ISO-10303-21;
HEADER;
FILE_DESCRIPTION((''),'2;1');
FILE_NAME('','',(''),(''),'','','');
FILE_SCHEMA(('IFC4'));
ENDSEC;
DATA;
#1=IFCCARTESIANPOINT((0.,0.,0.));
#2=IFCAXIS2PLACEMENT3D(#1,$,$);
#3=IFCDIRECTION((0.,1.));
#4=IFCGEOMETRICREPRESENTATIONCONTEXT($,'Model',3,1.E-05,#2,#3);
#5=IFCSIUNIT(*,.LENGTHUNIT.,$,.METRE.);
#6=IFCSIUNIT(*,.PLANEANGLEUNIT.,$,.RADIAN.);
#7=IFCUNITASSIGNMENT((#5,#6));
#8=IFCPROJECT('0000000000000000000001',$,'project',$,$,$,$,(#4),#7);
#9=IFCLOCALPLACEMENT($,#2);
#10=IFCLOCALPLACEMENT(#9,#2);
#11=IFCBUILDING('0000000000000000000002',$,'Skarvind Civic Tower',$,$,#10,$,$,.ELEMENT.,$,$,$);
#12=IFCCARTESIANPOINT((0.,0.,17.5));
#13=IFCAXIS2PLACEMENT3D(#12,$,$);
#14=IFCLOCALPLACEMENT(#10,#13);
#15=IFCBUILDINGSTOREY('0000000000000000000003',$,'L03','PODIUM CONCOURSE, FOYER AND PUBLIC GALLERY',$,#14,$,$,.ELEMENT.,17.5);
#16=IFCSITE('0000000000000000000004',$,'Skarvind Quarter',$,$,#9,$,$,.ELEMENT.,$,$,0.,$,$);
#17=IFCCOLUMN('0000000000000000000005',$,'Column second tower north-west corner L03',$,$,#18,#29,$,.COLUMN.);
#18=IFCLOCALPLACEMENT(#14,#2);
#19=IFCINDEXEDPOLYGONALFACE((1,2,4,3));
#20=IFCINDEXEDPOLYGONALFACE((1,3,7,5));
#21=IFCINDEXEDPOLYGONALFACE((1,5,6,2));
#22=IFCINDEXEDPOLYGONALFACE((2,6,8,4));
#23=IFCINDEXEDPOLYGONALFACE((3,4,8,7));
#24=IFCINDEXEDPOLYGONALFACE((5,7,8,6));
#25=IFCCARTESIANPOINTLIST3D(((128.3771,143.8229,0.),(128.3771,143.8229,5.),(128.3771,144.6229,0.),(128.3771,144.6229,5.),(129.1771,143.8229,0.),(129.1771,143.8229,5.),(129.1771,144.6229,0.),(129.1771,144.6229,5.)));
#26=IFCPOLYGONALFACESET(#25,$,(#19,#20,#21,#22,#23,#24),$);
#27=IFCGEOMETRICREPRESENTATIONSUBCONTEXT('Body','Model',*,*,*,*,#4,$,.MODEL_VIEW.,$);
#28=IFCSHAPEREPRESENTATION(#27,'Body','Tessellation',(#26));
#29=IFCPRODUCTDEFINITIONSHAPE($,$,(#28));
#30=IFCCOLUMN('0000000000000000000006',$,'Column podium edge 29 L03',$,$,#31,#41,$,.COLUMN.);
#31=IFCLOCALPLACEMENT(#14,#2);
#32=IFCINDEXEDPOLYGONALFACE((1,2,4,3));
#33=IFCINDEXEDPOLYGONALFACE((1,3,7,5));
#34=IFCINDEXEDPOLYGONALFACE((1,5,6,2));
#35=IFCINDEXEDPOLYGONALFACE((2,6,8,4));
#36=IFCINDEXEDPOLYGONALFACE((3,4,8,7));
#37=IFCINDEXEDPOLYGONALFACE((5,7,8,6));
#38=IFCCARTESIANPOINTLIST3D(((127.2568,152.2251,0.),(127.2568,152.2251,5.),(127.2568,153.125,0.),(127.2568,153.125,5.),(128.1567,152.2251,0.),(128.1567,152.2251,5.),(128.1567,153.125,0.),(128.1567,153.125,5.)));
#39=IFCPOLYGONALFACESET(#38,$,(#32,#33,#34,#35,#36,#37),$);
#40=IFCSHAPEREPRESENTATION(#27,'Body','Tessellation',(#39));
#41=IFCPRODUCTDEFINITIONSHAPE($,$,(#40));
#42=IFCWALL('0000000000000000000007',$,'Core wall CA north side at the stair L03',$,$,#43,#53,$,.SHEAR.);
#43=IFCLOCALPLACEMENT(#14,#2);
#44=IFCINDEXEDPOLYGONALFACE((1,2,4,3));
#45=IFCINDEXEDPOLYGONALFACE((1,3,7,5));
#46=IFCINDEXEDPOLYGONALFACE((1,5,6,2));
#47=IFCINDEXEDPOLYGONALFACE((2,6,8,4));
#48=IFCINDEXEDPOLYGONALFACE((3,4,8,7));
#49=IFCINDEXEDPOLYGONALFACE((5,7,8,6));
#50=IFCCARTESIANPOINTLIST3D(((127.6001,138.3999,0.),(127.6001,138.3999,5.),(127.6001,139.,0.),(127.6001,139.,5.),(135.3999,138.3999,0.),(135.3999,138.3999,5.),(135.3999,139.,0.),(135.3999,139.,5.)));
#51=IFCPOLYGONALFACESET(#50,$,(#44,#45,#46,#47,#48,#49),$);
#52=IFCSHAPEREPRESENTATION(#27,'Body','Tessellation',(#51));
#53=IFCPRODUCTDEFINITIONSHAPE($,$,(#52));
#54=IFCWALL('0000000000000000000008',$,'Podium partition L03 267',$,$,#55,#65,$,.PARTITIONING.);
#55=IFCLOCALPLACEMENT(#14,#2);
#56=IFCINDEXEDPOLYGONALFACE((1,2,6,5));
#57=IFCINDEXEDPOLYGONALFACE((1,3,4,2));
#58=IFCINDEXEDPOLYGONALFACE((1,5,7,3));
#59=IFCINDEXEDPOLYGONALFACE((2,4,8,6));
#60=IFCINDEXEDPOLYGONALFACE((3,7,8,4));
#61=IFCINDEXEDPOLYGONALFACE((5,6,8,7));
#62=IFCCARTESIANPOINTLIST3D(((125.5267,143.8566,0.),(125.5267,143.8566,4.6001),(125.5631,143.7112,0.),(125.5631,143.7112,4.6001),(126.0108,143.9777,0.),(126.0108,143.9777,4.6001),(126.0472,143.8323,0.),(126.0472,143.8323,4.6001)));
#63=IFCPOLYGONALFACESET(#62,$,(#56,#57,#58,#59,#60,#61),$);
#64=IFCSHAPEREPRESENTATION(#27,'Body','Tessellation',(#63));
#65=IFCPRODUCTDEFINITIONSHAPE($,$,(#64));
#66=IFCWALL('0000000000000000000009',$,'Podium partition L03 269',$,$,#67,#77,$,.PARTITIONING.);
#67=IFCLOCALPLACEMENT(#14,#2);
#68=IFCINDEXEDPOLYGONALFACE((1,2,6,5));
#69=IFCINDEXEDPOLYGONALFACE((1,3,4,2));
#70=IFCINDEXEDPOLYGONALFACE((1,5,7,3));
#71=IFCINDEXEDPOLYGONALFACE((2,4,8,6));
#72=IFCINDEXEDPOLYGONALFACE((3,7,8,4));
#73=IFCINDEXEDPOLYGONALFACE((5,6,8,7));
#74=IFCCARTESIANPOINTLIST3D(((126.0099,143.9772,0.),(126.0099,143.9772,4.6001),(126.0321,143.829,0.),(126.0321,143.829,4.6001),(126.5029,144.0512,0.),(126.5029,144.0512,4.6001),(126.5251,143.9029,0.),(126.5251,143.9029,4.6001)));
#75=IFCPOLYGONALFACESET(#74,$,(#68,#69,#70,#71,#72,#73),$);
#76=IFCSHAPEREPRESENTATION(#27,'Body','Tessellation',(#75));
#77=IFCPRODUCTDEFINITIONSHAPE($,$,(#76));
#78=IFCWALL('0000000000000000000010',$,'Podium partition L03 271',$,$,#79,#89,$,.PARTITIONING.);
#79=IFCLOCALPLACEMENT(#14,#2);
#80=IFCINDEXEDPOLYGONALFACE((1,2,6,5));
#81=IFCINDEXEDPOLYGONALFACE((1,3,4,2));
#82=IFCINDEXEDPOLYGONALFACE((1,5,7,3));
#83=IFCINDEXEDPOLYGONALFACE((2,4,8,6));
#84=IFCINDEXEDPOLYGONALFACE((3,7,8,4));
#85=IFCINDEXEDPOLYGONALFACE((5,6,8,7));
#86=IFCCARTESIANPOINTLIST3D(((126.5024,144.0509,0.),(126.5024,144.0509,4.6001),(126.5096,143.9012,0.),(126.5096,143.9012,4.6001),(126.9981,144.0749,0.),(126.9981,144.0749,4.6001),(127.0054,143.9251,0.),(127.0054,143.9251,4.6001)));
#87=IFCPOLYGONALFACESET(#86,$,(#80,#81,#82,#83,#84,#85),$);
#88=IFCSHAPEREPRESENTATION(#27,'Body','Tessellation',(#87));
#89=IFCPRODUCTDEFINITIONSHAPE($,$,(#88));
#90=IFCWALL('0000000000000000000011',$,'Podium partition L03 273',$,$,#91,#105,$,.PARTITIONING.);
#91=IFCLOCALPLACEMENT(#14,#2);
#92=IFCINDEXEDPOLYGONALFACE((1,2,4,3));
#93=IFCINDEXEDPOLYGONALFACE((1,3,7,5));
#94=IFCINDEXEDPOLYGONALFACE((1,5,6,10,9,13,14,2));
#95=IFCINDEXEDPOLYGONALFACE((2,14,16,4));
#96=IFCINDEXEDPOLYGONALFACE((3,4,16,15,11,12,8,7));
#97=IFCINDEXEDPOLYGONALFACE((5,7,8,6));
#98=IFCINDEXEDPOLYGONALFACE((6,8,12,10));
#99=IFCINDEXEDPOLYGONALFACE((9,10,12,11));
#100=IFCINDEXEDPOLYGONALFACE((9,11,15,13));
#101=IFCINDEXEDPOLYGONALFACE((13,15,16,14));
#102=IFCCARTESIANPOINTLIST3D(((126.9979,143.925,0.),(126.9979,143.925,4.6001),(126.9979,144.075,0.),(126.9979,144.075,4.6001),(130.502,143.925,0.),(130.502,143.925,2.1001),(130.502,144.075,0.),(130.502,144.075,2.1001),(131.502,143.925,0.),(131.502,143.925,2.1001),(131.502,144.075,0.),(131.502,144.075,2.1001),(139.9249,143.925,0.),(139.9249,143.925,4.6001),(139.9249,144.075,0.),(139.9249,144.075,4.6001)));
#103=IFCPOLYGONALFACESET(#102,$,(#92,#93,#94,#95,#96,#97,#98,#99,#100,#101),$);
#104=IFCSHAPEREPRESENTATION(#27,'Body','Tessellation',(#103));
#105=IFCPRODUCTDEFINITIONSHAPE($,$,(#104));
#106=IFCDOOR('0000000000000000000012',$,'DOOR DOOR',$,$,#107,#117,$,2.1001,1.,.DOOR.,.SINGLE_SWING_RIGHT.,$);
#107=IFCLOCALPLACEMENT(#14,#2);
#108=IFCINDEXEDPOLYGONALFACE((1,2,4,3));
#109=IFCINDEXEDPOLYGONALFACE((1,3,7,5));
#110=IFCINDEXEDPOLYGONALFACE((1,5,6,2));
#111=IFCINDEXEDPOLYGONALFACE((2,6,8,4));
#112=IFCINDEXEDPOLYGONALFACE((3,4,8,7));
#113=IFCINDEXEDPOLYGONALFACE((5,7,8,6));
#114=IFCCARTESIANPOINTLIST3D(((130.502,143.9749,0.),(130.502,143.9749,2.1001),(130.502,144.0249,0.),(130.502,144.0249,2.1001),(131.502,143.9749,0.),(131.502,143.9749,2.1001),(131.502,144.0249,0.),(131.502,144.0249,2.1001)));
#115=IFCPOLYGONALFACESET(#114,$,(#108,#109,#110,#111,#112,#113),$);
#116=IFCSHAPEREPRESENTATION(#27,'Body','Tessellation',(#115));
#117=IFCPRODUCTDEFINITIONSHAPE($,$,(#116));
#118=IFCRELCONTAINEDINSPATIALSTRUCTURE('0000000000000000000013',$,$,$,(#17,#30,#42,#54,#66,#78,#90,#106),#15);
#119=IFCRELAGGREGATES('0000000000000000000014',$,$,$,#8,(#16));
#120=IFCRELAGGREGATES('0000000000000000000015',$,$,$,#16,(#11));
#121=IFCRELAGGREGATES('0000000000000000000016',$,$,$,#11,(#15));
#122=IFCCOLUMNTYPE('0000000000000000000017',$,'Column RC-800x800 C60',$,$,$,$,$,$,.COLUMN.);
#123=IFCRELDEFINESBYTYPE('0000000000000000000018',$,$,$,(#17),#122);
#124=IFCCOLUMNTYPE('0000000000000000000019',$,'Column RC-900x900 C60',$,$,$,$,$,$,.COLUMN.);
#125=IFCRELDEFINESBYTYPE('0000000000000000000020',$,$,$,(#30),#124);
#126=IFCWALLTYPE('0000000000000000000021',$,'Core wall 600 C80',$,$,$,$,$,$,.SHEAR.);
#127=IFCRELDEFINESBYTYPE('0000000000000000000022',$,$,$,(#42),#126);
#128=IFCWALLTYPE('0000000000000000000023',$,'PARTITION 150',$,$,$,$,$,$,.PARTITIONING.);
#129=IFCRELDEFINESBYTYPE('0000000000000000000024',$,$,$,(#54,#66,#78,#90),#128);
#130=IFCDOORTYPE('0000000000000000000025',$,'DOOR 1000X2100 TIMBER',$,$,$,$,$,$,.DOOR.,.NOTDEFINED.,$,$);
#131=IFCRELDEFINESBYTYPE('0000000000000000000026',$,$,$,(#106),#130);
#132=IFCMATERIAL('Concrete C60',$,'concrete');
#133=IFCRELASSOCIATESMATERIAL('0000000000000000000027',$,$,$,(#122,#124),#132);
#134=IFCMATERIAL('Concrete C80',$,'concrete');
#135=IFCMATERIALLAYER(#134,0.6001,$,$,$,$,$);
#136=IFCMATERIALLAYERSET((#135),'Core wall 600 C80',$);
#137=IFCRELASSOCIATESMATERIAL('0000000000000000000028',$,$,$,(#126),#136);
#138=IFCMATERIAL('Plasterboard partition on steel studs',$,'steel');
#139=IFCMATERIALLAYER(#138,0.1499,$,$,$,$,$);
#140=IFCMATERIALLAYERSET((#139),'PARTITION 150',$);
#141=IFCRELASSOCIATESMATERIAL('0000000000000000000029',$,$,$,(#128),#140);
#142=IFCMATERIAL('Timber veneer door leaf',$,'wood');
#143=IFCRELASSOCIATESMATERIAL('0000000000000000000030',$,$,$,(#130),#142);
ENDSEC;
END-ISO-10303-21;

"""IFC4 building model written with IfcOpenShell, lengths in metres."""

from ifc_helpers import new_model, si_unit, direction, frame, frame_2d, origin, origin_2d, place, context, subcontext, project, spatial, rectangle, extrude, material, layer, layer_set, material_profile, profile_set, type_object, element, fill, save


model = new_model("IFC4")

# Units and contexts
model_context = context("Model", 3, precision=1e-05, world=origin(), true_north=direction((0.0, 1.0)))
body_context = subcontext(model_context, "Body", "Model", "MODEL_VIEW")
ifc_project = project(units=[si_unit("LENGTHUNIT", "METRE"), si_unit("PLANEANGLEUNIT", "RADIAN")], contexts=[model_context])

# Site, building, storey
site_placement = place(None, origin())
site = spatial("IfcSite", under=ifc_project, at=site_placement, Name="Skarvind Quarter", CompositionType="ELEMENT", RefElevation=0.0)
building_placement = place(site_placement, origin())
building = spatial("IfcBuilding", under=site, at=building_placement, Name="Skarvind Civic Tower", CompositionType="ELEMENT")
storey_placement = place(building_placement, frame((0.0, 0.0, 17.5)))
storey = spatial("IfcBuildingStorey", under=building, at=storey_placement, Name="L03", Description="PODIUM CONCOURSE, FOYER AND PUBLIC GALLERY", CompositionType="ELEMENT", Elevation=17.5)

# Columns
ifc_material_1 = material(Name="Concrete C60", Category="concrete")
ifc_material_profile_1 = material_profile(ifc_material_1, rectangle(XDim=0.8, YDim=0.8, at=origin_2d()), Name="RC-800x800")
ifc_profile_set_1 = profile_set([ifc_material_profile_1], Name="Concrete C60")
column_type_1 = type_object("IfcColumnType", Name="Column RC-800x800 C60", PredefinedType="COLUMN", material=ifc_profile_set_1)
column_1_placement = place(storey_placement, frame((128.7771, 144.2229, 0.0), z_axis=(0.0, 0.0, 1.0), x_axis=(1.0, 0.0, 0.0)))
element("IfcColumn", 1, at=column_1_placement, inside=storey, type_object=column_type_1, Name="Column second tower north-west corner L03", PredefinedType="COLUMN", context=body_context, shape_type="SweptSolid", body=[
    extrude(rectangle(XDim=0.8, YDim=0.8, at=origin_2d()), origin(), (0.0, 0.0, 1.0), 5.0),
])
ifc_material_profile_2 = material_profile(ifc_material_1, rectangle(XDim=0.8999, YDim=0.8999, at=origin_2d()), Name="RC-900x900")
ifc_profile_set_2 = profile_set([ifc_material_profile_2], Name="Concrete C60")
column_type_2 = type_object("IfcColumnType", Name="Column RC-900x900 C60", PredefinedType="COLUMN", material=ifc_profile_set_2)
column_2_placement = place(storey_placement, frame((127.7068, 152.675, 0.0), z_axis=(0.0, 0.0, 1.0), x_axis=(1.0, 0.0, 0.0)))
element("IfcColumn", 2, at=column_2_placement, inside=storey, type_object=column_type_2, Name="Column podium edge 29 L03", PredefinedType="COLUMN", context=body_context, shape_type="SweptSolid", body=[
    extrude(rectangle(XDim=0.8999, YDim=0.8999, at=origin_2d()), origin(), (0.0, 0.0, 1.0), 5.0),
])

# Walls
ifc_material_2 = material(Name="Concrete C80", Category="concrete")
ifc_layer_1 = layer(ifc_material_2, 0.6001)
ifc_layer_set_1 = layer_set([ifc_layer_1], Name="Core wall 600 C80")
wall_type_1 = type_object("IfcWallType", Name="Core wall 600 C80", PredefinedType="SHEAR", material=ifc_layer_set_1)
wall_1_placement = place(storey_placement, frame((127.6001, 138.7, 0.0), z_axis=(0.0, 0.0, 1.0), x_axis=(1.0, 0.0, 0.0)))
element("IfcWall", 3, at=wall_1_placement, inside=storey, type_object=wall_type_1, Name="Core wall CA north side at the stair L03", PredefinedType="SHEAR", context=body_context, shape_type="SweptSolid", body=[
    extrude(rectangle(XDim=7.7998, YDim=0.6001, at=frame_2d((3.8999, 0.0))), origin(), (0.0, 0.0, 1.0), 5.0),
])
ifc_material_3 = material(Name="Plasterboard partition on steel studs", Category="steel")
ifc_layer_2 = layer(ifc_material_3, 0.1499)
ifc_layer_set_2 = layer_set([ifc_layer_2], Name="PARTITION 150")
wall_type_2 = type_object("IfcWallType", Name="PARTITION 150", PredefinedType="PARTITIONING", material=ifc_layer_set_2)
wall_2_placement = place(storey_placement, frame((125.5449, 143.7839, 0.0), z_axis=(0.0, 0.0, 1.0), x_axis=(0.970114, 0.242651, 0.0)))
element("IfcWall", 4, at=wall_2_placement, inside=storey, type_object=wall_type_2, Name="Podium partition L03 267", PredefinedType="PARTITIONING", context=body_context, shape_type="SweptSolid", body=[
    extrude(rectangle(XDim=0.499, YDim=0.1499, at=frame_2d((0.2495, 0.0))), origin(), (0.0, 0.0, 1.0), 4.6001),
])
wall_3_placement = place(storey_placement, frame((126.021, 143.9031, 0.0), z_axis=(0.0, 0.0, 1.0), x_axis=(0.988926, 0.148412, 0.0)))
element("IfcWall", 5, at=wall_3_placement, inside=storey, type_object=wall_type_2, Name="Podium partition L03 269", PredefinedType="PARTITIONING", context=body_context, shape_type="SweptSolid", body=[
    extrude(rectangle(XDim=0.4985, YDim=0.1499, at=frame_2d((0.2493, 0.0))), origin(), (0.0, 0.0, 1.0), 4.6001),
])
wall_4_placement = place(storey_placement, frame((126.5061, 143.9761, 0.0), z_axis=(0.0, 0.0, 1.0), x_axis=(0.998838, 0.048196, 0.0)))
element("IfcWall", 6, at=wall_4_placement, inside=storey, type_object=wall_type_2, Name="Podium partition L03 271", PredefinedType="PARTITIONING", context=body_context, shape_type="SweptSolid", body=[
    extrude(rectangle(XDim=0.4963, YDim=0.1499, at=frame_2d((0.248, 0.0))), origin(), (0.0, 0.0, 1.0), 4.6001),
])

# Wall, opening, door
wall_5_placement = place(storey_placement, frame((126.998, 144.0, 0.0), z_axis=(0.0, 0.0, 1.0), x_axis=(1.0, 0.0, 0.0)))
wall_5 = element("IfcWall", 7, at=wall_5_placement, inside=storey, type_object=wall_type_2, Name="Podium partition L03 273", PredefinedType="PARTITIONING", context=body_context, shape_type="SweptSolid", body=[
    extrude(rectangle(XDim=12.927, YDim=0.1499, at=frame_2d((6.4634, 0.0))), origin(), (0.0, 0.0, 1.0), 4.6001),
])
opening_1_placement = place(wall_5_placement, frame((3.5039, 0.0, 0.0)))
opening_1 = element("IfcOpeningElement", 8, at=opening_1_placement, cuts=wall_5, PredefinedType="OPENING", context=body_context, shape_type="SweptSolid", body=[
    extrude(rectangle(XDim=1.0, YDim=2.1001, at=frame_2d((0.5, 1.05))), frame((0.0, 0.085, 0.0), z_axis=(0.0, -1.0, 0.0), x_axis=(1.0, 0.0, 0.0)), (0.0, 0.0, 1.0), 0.1699),
])
ifc_material_4 = material(Name="Timber veneer door leaf", Category="wood")
door_type = type_object("IfcDoorType", Name="DOOR 1000X2100 TIMBER", OperationType="NOTDEFINED", PredefinedType="DOOR", material=ifc_material_4)
door_placement = place(opening_1_placement, origin())
door = element("IfcDoor", 9, at=door_placement, inside=storey, type_object=door_type, Name="DOOR DOOR", OperationType="SINGLE_SWING_RIGHT", OverallHeight=2.1001, OverallWidth=1.0, PredefinedType="DOOR", context=body_context, shape_type="SweptSolid", body=[
    extrude(rectangle(XDim=1.0, YDim=2.1001, at=frame_2d((0.5, 1.05))), frame((0.0, 0.0249, 0.0), z_axis=(0.0, -1.0, 0.0), x_axis=(1.0, 0.0, 0.0)), (0.0, 0.0, 1.0), 0.05),
])
fill(opening_1, door)

save(model, "model.ifc")
